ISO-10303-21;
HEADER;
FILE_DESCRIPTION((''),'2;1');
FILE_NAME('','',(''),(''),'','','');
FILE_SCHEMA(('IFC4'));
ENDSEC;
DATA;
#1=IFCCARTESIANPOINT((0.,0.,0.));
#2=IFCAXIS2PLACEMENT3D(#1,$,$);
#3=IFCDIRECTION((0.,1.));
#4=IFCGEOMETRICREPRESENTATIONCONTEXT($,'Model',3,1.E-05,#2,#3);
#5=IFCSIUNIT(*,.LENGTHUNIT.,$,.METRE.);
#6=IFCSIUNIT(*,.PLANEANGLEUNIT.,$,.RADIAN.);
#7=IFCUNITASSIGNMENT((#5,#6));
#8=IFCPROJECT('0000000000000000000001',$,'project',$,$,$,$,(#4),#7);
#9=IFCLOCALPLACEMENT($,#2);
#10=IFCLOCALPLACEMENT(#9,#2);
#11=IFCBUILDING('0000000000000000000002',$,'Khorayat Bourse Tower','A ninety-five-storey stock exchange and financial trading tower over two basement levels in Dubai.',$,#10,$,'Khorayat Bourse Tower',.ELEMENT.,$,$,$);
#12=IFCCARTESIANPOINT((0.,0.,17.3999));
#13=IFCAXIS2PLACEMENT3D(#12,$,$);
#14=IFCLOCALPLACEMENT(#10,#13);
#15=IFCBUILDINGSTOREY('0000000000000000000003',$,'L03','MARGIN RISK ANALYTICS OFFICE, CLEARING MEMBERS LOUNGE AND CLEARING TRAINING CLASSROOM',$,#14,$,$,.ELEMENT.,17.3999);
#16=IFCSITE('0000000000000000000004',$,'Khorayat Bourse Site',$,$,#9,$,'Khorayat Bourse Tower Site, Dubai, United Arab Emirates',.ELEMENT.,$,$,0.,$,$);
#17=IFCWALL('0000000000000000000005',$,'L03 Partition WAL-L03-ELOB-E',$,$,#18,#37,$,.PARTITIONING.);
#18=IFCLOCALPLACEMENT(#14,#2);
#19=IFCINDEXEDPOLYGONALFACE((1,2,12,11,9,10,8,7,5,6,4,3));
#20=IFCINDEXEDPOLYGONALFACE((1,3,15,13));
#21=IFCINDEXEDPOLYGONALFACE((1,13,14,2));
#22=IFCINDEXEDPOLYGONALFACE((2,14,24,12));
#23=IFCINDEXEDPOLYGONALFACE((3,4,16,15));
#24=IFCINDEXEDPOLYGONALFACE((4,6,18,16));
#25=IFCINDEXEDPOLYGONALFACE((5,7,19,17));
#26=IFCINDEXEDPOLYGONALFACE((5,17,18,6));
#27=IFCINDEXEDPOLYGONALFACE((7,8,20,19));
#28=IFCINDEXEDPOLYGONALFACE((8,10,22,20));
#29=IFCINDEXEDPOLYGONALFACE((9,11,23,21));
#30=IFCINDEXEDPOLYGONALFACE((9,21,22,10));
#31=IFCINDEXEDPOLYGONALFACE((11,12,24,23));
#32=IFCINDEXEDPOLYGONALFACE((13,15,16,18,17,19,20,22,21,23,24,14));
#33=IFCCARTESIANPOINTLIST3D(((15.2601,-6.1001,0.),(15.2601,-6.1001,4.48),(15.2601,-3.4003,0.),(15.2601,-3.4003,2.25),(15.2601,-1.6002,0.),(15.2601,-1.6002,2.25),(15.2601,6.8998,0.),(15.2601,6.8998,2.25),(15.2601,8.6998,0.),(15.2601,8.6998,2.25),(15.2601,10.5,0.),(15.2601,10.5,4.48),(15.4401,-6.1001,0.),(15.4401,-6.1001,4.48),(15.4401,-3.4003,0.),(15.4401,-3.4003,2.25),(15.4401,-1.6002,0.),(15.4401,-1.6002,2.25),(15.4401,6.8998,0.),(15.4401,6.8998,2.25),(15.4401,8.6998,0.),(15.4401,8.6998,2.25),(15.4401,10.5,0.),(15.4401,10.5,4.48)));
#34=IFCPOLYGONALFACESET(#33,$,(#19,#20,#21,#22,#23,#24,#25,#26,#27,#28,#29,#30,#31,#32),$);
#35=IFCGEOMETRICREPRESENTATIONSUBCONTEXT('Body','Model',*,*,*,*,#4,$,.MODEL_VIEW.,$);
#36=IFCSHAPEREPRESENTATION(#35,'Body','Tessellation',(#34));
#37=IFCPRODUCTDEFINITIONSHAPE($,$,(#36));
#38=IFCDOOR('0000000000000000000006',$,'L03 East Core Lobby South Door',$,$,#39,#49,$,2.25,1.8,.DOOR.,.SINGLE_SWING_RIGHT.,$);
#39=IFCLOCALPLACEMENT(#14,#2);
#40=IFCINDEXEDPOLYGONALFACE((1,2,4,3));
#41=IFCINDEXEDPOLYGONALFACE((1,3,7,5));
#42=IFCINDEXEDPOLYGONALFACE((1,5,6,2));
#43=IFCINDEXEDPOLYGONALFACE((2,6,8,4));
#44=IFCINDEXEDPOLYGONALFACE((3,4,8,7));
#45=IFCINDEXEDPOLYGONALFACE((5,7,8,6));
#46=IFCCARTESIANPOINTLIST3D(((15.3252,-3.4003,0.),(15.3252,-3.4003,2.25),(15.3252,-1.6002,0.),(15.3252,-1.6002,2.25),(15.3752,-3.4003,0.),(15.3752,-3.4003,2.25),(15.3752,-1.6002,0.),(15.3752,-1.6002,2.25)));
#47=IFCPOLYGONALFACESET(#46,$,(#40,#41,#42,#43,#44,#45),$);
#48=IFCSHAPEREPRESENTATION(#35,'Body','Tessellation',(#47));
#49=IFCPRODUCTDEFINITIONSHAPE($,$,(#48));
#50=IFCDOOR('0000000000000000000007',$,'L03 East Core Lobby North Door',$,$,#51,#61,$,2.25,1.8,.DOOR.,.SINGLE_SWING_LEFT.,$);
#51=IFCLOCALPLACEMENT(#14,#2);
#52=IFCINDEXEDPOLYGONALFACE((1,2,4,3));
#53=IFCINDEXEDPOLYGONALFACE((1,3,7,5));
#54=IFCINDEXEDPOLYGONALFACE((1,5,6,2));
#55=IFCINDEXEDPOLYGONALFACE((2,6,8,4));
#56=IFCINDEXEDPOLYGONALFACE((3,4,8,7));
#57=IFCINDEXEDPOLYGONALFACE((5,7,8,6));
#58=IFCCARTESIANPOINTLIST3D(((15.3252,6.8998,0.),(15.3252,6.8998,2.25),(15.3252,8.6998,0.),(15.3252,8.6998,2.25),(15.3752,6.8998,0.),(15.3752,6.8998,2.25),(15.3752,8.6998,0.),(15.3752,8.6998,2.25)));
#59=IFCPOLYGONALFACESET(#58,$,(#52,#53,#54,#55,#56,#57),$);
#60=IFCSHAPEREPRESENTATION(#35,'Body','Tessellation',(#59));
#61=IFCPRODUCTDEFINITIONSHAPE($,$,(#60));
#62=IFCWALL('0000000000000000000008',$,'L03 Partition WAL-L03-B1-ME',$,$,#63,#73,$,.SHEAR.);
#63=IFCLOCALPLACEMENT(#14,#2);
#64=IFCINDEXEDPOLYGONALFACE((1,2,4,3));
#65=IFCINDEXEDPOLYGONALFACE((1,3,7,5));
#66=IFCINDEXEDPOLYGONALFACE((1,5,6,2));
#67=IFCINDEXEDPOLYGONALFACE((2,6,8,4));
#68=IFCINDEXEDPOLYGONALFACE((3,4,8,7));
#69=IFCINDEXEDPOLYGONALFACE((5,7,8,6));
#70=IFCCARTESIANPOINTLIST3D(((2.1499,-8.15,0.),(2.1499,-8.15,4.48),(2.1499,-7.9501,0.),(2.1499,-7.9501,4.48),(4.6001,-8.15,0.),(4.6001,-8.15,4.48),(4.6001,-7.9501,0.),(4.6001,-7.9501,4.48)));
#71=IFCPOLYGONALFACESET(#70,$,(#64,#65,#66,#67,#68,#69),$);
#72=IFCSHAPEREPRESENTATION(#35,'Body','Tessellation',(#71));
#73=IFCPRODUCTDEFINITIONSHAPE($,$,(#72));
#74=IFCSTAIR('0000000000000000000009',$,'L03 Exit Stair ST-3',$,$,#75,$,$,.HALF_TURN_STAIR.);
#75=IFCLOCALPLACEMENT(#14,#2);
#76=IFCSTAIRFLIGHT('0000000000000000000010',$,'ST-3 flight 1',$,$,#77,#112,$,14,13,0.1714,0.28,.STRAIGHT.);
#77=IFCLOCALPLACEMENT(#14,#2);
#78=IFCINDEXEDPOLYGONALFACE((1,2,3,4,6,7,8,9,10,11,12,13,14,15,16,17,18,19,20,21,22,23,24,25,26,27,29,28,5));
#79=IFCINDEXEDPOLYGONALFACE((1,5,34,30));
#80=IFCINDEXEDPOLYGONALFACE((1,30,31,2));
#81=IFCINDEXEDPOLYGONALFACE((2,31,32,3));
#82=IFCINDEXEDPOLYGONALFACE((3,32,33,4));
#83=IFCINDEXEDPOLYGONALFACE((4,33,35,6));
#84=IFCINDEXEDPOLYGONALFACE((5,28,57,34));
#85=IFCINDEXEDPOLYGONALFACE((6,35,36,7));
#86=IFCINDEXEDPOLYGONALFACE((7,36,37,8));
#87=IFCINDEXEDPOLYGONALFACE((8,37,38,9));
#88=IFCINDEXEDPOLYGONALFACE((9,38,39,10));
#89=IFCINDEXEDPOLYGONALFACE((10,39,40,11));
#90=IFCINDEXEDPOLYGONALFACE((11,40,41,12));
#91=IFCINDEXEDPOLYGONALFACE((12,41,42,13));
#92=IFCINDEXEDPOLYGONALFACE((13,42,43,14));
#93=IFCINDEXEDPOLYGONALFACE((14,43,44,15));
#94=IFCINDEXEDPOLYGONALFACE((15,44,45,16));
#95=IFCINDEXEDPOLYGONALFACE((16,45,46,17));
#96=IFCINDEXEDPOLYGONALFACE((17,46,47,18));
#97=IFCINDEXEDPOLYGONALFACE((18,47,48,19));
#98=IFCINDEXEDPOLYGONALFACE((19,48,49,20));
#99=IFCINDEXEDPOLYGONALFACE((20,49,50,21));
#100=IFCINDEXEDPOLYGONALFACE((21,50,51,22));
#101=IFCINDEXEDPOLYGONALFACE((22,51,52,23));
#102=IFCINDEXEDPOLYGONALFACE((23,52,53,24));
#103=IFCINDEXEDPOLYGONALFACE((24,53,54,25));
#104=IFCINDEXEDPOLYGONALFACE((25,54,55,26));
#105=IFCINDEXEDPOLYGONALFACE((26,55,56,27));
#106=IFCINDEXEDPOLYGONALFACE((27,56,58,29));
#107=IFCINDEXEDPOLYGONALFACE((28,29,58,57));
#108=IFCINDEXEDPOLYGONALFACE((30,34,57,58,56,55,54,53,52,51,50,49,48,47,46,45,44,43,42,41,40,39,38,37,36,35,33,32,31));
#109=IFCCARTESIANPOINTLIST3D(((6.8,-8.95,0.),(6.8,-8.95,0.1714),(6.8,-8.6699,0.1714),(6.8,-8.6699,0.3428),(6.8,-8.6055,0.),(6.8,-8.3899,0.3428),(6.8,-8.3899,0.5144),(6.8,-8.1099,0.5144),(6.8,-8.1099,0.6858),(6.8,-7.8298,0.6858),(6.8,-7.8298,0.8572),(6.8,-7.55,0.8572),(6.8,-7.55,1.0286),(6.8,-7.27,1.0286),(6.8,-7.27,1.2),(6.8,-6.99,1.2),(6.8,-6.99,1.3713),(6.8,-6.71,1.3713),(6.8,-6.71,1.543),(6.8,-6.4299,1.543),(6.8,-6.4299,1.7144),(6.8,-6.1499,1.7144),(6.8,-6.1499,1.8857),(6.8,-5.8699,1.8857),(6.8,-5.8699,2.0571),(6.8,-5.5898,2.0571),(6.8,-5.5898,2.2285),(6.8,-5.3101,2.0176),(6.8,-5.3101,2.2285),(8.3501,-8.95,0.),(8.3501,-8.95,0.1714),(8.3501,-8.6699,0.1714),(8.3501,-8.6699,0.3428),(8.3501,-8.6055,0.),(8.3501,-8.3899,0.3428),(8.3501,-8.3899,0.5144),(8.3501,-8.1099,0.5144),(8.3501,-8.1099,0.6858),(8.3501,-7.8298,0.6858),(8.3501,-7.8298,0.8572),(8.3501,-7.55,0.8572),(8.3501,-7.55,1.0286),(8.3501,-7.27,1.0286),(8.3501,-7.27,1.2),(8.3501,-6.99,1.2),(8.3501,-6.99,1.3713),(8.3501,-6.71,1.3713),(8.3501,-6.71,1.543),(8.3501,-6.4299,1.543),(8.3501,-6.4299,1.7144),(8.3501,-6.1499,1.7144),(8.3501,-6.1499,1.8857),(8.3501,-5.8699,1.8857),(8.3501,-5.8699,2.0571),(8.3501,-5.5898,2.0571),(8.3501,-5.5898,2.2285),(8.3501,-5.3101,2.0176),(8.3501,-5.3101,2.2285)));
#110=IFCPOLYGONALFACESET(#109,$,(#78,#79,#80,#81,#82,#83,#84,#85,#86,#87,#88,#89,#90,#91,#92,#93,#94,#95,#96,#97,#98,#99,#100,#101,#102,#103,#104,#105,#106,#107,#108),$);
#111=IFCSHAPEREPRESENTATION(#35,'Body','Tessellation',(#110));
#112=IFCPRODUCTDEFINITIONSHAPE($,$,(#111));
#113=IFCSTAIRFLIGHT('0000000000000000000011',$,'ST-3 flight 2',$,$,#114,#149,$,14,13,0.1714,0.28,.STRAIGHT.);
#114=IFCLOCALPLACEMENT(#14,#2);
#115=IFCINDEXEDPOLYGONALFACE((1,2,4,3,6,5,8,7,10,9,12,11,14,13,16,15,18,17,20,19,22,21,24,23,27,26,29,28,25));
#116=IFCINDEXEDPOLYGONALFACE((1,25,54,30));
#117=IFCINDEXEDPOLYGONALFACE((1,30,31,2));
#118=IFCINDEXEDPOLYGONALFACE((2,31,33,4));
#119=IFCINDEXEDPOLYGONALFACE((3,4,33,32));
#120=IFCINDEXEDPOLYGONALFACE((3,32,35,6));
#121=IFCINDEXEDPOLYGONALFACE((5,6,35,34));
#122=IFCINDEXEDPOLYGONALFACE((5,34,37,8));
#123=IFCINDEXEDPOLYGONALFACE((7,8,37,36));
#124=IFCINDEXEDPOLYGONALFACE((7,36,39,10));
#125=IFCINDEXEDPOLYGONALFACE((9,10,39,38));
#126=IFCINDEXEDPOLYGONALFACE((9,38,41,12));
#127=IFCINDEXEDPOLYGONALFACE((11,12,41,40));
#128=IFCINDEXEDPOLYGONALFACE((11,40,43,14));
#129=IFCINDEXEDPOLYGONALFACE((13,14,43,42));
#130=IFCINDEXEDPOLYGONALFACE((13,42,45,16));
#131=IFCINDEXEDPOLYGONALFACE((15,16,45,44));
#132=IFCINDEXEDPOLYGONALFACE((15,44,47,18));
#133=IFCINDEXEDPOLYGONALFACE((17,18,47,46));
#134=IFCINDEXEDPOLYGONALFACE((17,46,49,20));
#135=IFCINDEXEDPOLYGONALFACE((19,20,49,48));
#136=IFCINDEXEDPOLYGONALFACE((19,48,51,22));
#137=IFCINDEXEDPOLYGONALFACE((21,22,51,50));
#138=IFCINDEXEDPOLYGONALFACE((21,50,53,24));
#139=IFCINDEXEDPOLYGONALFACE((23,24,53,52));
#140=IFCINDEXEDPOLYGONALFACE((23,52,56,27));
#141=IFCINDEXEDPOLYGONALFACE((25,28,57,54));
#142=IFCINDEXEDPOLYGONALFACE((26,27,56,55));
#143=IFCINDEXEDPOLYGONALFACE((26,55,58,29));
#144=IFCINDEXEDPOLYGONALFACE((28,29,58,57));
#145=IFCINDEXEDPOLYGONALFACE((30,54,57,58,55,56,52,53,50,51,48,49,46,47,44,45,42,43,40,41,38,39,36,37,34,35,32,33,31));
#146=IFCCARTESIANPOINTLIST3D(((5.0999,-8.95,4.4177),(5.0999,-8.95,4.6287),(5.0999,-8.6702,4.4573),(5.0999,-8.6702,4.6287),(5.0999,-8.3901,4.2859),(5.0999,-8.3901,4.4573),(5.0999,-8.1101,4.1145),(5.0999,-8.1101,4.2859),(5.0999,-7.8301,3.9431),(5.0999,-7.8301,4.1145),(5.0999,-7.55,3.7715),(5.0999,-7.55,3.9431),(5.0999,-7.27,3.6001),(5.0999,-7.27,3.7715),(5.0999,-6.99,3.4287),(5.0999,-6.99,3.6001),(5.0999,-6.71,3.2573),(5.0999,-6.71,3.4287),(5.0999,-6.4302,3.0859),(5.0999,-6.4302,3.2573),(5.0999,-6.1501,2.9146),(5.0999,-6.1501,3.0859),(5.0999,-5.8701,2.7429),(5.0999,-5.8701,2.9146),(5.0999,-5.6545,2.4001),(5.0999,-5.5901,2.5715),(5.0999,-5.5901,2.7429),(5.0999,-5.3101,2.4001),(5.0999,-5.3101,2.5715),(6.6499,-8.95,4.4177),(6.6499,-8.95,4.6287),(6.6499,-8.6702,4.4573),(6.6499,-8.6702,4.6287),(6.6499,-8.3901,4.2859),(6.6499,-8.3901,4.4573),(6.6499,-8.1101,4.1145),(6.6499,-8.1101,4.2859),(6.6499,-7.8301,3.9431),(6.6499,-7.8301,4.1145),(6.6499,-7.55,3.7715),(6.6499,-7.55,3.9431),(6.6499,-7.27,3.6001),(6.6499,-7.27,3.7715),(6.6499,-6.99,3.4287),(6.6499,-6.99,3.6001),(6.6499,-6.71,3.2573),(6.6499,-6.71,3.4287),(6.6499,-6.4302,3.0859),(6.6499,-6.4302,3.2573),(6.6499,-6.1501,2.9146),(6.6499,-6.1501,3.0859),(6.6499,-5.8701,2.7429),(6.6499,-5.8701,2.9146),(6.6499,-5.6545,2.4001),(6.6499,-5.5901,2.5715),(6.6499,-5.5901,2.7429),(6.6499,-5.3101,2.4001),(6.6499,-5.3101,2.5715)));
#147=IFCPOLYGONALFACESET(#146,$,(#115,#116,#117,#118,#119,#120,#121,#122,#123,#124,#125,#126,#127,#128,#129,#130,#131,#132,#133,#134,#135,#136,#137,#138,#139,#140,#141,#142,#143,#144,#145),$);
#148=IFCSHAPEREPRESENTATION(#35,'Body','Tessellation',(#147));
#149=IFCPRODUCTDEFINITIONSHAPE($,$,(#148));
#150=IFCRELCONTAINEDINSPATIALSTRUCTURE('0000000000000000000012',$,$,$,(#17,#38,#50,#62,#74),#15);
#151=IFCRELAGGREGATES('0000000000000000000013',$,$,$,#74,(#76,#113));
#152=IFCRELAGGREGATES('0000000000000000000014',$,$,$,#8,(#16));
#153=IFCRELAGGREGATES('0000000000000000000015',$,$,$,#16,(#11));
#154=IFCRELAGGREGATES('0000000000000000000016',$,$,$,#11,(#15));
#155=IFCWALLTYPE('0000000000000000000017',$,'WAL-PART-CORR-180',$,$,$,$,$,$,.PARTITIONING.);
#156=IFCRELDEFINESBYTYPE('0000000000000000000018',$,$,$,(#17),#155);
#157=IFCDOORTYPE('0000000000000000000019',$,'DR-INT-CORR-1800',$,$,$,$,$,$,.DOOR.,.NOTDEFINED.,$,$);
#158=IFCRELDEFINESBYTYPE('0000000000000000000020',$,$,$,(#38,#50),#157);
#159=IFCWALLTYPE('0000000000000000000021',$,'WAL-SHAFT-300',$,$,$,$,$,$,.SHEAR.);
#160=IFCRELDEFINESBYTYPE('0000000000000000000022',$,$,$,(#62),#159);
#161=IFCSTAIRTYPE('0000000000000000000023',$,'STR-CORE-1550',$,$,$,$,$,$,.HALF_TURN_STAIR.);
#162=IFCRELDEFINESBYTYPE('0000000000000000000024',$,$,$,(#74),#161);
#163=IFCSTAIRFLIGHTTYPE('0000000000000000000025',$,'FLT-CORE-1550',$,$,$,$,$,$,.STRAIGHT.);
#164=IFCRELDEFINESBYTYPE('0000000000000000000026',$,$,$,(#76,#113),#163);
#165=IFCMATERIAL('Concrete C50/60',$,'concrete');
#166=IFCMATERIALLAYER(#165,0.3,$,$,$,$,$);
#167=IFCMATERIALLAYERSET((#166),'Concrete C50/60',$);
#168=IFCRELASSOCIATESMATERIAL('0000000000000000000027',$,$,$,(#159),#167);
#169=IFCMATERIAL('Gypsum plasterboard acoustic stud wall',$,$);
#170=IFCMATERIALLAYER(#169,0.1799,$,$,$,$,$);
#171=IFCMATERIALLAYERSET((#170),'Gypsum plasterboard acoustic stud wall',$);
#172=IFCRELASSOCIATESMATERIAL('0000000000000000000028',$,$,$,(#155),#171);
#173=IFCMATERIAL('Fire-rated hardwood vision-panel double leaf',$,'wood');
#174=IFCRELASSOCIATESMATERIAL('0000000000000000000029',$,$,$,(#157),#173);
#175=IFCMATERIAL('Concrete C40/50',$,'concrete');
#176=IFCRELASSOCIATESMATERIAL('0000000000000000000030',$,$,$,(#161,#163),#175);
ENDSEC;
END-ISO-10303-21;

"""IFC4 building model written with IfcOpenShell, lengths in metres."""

from ifc_helpers import new_model, si_unit, direction, frame, frame_2d, origin, place, context, subcontext, project, spatial, polyline, rectangle, outline, extrude, source, transform, mapped, material, layer, layer_set, type_object, element, fill, aggregate, save


model = new_model("IFC4")

# Units and contexts
model_context = context("Model", 3, precision=1e-05, world=origin(), true_north=direction((0.0, 1.0)))
body_context = subcontext(model_context, "Body", "Model", "MODEL_VIEW")
ifc_project = project(units=[si_unit("LENGTHUNIT", "METRE"), si_unit("PLANEANGLEUNIT", "RADIAN")], contexts=[model_context])

# Site, building, storey
site_placement = place(None, origin())
site = spatial("IfcSite", under=ifc_project, at=site_placement, Name="Khorayat Bourse Site", LongName="Khorayat Bourse Tower Site, Dubai, United Arab Emirates", CompositionType="ELEMENT", RefElevation=0.0)
building_placement = place(site_placement, origin())
building = spatial("IfcBuilding", under=site, at=building_placement, Name="Khorayat Bourse Tower", Description="A ninety-five-storey stock exchange and financial trading tower over two basement levels in Dubai.", LongName="Khorayat Bourse Tower", CompositionType="ELEMENT")
storey_placement = place(building_placement, frame((0.0, 0.0, 17.3999)))
storey = spatial("IfcBuildingStorey", under=building, at=storey_placement, Name="L03", Description="MARGIN RISK ANALYTICS OFFICE, CLEARING MEMBERS LOUNGE AND CLEARING TRAINING CLASSROOM", CompositionType="ELEMENT", Elevation=17.3999)

# Shared definitions
ifc_material_1 = material(Name="Concrete C50/60", Category="concrete")
ifc_layer_1 = layer(ifc_material_1, 0.3)
ifc_layer_set_1 = layer_set([ifc_layer_1], Name="Concrete C50/60")
wall_type_1 = type_object("IfcWallType", Name="WAL-SHAFT-300", PredefinedType="SHEAR", material=ifc_layer_set_1)

# Wall, openings, doors
ifc_material_2 = material(Name="Gypsum plasterboard acoustic stud wall")
ifc_layer_2 = layer(ifc_material_2, 0.1799)
ifc_layer_set_2 = layer_set([ifc_layer_2], Name="Gypsum plasterboard acoustic stud wall")
wall_type_2 = type_object("IfcWallType", Name="WAL-PART-CORR-180", PredefinedType="PARTITIONING", material=ifc_layer_set_2)
shared_shape_1 = source(origin(), body_context, "Body", "SweptSolid", [
    extrude(rectangle(XDim=16.6001, YDim=0.1799, at=frame_2d((8.3, 0.0))), origin(), (0.0, 0.0, 1.0), 4.48),
])
wall_1_placement = place(storey_placement, frame((15.3501, -6.1001, 0.0), z_axis=(0.0, 0.0, 1.0), x_axis=(0.0, 1.0, 0.0)))
wall_1 = element("IfcWall", 1, at=wall_1_placement, inside=storey, type_object=wall_type_2, Name="L03 Partition WAL-L03-ELOB-E", PredefinedType="PARTITIONING", context=body_context, shape_type="MappedRepresentation", body=[
    mapped(shared_shape_1, transform((0.0, 0.0, 0.0), scale=1.0)),
])
shared_shape_2 = source(origin(), body_context, "Body", "SweptSolid", [
    extrude(rectangle(XDim=1.8, YDim=2.25, at=frame_2d((0.8999, 1.125))), frame((0.0, 0.0999, 0.0), z_axis=(0.0, -1.0, 0.0), x_axis=(1.0, 0.0, 0.0)), (0.0, 0.0, 1.0), 0.2),
])
opening_1_placement = place(wall_1_placement, frame((2.7, 0.0, 0.0)))
opening_1 = element("IfcOpeningElement", 2, at=opening_1_placement, cuts=wall_1, PredefinedType="OPENING", context=body_context, shape_type="MappedRepresentation", body=[
    mapped(shared_shape_2, transform((0.0, 0.0, 0.0), scale=1.0)),
])
opening_2_placement = place(wall_1_placement, frame((13.0, 0.0, 0.0)))
opening_2 = element("IfcOpeningElement", 3, at=opening_2_placement, cuts=wall_1, PredefinedType="OPENING", context=body_context, shape_type="MappedRepresentation", body=[
    mapped(shared_shape_2, transform((0.0, 0.0, 0.0), scale=1.0)),
])
ifc_material_3 = material(Name="Fire-rated hardwood vision-panel double leaf", Category="wood")
door_type_1 = type_object("IfcDoorType", Name="DR-INT-CORR-1800", OperationType="NOTDEFINED", PredefinedType="DOOR", material=ifc_material_3)
shared_shape_3 = source(origin(), body_context, "Body", "SweptSolid", [
    extrude(rectangle(XDim=1.8, YDim=2.25, at=frame_2d((0.8999, 1.125))), frame((0.0, 0.0249, 0.0), z_axis=(0.0, -1.0, 0.0), x_axis=(1.0, 0.0, 0.0)), (0.0, 0.0, 1.0), 0.05),
])
door_1_placement = place(opening_1_placement, origin())
door_1 = element("IfcDoor", 4, at=door_1_placement, inside=storey, type_object=door_type_1, Name="L03 East Core Lobby South Door", OperationType="SINGLE_SWING_RIGHT", OverallHeight=2.25, OverallWidth=1.8, PredefinedType="DOOR", context=body_context, shape_type="MappedRepresentation", body=[
    mapped(shared_shape_3, transform((0.0, 0.0, 0.0), scale=1.0)),
])
fill(opening_1, door_1)
door_2_placement = place(opening_2_placement, origin())
door_2 = element("IfcDoor", 5, at=door_2_placement, inside=storey, type_object=door_type_1, Name="L03 East Core Lobby North Door", OperationType="SINGLE_SWING_LEFT", OverallHeight=2.25, OverallWidth=1.8, PredefinedType="DOOR", context=body_context, shape_type="MappedRepresentation", body=[
    mapped(shared_shape_3, transform((0.0, 0.0, 0.0), scale=1.0)),
])
fill(opening_2, door_2)

# Wall
shared_shape_4 = source(origin(), body_context, "Body", "SweptSolid", [
    extrude(rectangle(XDim=2.4502, YDim=0.2, at=frame_2d((1.2251, 0.0))), origin(), (0.0, 0.0, 1.0), 4.48),
])
wall_2_placement = place(storey_placement, frame((2.1499, -8.05, 0.0), z_axis=(0.0, 0.0, 1.0), x_axis=(1.0, 0.0, 0.0)))
element("IfcWall", 6, at=wall_2_placement, inside=storey, type_object=wall_type_1, Name="L03 Partition WAL-L03-B1-ME", PredefinedType="SHEAR", context=body_context, shape_type="MappedRepresentation", body=[
    mapped(shared_shape_4, transform((0.0, 0.0, 0.0), scale=1.0)),
])

# Stair, stair flights
ifc_material_4 = material(Name="Concrete C40/50", Category="concrete")
stair_type = type_object("IfcStairType", Name="STR-CORE-1550", PredefinedType="HALF_TURN_STAIR", material=ifc_material_4)
stair_placement = place(storey_placement, origin())
stair = element("IfcStair", 7, at=stair_placement, inside=storey, type_object=stair_type, Name="L03 Exit Stair ST-3", PredefinedType="HALF_TURN_STAIR")
stair_flight_type = type_object("IfcStairFlightType", Name="FLT-CORE-1550", PredefinedType="STRAIGHT", material=ifc_material_4)
shared_shape_5 = source(origin(), body_context, "Body", "SweptSolid", [
    extrude(outline(polyline([(0.0, 0.0), (0.0, 0.1714), (0.28, 0.1714), (0.28, 0.3428), (0.5601, 0.3428), (0.5601, 0.5144), (0.8401, 0.5144), (0.8401, 0.6858), (1.1201, 0.6858), (1.1201, 0.8572), (1.3999, 0.8572), (1.3999, 1.0286), (1.6799, 1.0286), (1.6799, 1.2), (1.96, 1.2), (1.96, 1.3713), (2.24, 1.3713), (2.24, 1.543), (2.52, 1.543), (2.52, 1.7144), (2.8, 1.7144), (2.8, 1.8857), (3.0801, 1.8857), (3.0801, 2.0571), (3.3601, 2.0571), (3.3601, 2.2285), (3.6399, 2.2285), (3.6399, 2.3999), (3.6399, 2.0176), (0.3445, 0.0), (0.0, 0.0)])), frame((0.0, 0.7749, 0.0), z_axis=(0.0, -1.0, 0.0), x_axis=(1.0, 0.0, 0.0)), (0.0, 0.0, 1.0), 1.55),
])
stair_flight_1_placement = place(storey_placement, frame((7.575, -8.95, 0.0), z_axis=(0.0, 0.0, 1.0), x_axis=(0.0, 1.0, 0.0)))
stair_flight_1 = element("IfcStairFlight", 8, at=stair_flight_1_placement, type_object=stair_flight_type, Name="ST-3 flight 1", NumberOfRisers=14, NumberOfTreads=13, PredefinedType="STRAIGHT", RiserHeight=0.1714, TreadLength=0.28, context=body_context, shape_type="MappedRepresentation", body=[
    mapped(shared_shape_5, transform((0.0, 0.0, 0.0), scale=1.0)),
])
stair_flight_2_placement = place(storey_placement, frame((5.875, -5.3101, 2.4001), z_axis=(0.0, 0.0, 1.0), x_axis=(0.0, -1.0, 0.0)))
stair_flight_2 = element("IfcStairFlight", 9, at=stair_flight_2_placement, type_object=stair_flight_type, Name="ST-3 flight 2", NumberOfRisers=14, NumberOfTreads=13, PredefinedType="STRAIGHT", RiserHeight=0.1714, TreadLength=0.28, context=body_context, shape_type="MappedRepresentation", body=[
    mapped(shared_shape_5, transform((0.0, 0.0, 0.0), scale=1.0)),
])
aggregate(stair, [stair_flight_1, stair_flight_2])

save(model, "model.ifc")
